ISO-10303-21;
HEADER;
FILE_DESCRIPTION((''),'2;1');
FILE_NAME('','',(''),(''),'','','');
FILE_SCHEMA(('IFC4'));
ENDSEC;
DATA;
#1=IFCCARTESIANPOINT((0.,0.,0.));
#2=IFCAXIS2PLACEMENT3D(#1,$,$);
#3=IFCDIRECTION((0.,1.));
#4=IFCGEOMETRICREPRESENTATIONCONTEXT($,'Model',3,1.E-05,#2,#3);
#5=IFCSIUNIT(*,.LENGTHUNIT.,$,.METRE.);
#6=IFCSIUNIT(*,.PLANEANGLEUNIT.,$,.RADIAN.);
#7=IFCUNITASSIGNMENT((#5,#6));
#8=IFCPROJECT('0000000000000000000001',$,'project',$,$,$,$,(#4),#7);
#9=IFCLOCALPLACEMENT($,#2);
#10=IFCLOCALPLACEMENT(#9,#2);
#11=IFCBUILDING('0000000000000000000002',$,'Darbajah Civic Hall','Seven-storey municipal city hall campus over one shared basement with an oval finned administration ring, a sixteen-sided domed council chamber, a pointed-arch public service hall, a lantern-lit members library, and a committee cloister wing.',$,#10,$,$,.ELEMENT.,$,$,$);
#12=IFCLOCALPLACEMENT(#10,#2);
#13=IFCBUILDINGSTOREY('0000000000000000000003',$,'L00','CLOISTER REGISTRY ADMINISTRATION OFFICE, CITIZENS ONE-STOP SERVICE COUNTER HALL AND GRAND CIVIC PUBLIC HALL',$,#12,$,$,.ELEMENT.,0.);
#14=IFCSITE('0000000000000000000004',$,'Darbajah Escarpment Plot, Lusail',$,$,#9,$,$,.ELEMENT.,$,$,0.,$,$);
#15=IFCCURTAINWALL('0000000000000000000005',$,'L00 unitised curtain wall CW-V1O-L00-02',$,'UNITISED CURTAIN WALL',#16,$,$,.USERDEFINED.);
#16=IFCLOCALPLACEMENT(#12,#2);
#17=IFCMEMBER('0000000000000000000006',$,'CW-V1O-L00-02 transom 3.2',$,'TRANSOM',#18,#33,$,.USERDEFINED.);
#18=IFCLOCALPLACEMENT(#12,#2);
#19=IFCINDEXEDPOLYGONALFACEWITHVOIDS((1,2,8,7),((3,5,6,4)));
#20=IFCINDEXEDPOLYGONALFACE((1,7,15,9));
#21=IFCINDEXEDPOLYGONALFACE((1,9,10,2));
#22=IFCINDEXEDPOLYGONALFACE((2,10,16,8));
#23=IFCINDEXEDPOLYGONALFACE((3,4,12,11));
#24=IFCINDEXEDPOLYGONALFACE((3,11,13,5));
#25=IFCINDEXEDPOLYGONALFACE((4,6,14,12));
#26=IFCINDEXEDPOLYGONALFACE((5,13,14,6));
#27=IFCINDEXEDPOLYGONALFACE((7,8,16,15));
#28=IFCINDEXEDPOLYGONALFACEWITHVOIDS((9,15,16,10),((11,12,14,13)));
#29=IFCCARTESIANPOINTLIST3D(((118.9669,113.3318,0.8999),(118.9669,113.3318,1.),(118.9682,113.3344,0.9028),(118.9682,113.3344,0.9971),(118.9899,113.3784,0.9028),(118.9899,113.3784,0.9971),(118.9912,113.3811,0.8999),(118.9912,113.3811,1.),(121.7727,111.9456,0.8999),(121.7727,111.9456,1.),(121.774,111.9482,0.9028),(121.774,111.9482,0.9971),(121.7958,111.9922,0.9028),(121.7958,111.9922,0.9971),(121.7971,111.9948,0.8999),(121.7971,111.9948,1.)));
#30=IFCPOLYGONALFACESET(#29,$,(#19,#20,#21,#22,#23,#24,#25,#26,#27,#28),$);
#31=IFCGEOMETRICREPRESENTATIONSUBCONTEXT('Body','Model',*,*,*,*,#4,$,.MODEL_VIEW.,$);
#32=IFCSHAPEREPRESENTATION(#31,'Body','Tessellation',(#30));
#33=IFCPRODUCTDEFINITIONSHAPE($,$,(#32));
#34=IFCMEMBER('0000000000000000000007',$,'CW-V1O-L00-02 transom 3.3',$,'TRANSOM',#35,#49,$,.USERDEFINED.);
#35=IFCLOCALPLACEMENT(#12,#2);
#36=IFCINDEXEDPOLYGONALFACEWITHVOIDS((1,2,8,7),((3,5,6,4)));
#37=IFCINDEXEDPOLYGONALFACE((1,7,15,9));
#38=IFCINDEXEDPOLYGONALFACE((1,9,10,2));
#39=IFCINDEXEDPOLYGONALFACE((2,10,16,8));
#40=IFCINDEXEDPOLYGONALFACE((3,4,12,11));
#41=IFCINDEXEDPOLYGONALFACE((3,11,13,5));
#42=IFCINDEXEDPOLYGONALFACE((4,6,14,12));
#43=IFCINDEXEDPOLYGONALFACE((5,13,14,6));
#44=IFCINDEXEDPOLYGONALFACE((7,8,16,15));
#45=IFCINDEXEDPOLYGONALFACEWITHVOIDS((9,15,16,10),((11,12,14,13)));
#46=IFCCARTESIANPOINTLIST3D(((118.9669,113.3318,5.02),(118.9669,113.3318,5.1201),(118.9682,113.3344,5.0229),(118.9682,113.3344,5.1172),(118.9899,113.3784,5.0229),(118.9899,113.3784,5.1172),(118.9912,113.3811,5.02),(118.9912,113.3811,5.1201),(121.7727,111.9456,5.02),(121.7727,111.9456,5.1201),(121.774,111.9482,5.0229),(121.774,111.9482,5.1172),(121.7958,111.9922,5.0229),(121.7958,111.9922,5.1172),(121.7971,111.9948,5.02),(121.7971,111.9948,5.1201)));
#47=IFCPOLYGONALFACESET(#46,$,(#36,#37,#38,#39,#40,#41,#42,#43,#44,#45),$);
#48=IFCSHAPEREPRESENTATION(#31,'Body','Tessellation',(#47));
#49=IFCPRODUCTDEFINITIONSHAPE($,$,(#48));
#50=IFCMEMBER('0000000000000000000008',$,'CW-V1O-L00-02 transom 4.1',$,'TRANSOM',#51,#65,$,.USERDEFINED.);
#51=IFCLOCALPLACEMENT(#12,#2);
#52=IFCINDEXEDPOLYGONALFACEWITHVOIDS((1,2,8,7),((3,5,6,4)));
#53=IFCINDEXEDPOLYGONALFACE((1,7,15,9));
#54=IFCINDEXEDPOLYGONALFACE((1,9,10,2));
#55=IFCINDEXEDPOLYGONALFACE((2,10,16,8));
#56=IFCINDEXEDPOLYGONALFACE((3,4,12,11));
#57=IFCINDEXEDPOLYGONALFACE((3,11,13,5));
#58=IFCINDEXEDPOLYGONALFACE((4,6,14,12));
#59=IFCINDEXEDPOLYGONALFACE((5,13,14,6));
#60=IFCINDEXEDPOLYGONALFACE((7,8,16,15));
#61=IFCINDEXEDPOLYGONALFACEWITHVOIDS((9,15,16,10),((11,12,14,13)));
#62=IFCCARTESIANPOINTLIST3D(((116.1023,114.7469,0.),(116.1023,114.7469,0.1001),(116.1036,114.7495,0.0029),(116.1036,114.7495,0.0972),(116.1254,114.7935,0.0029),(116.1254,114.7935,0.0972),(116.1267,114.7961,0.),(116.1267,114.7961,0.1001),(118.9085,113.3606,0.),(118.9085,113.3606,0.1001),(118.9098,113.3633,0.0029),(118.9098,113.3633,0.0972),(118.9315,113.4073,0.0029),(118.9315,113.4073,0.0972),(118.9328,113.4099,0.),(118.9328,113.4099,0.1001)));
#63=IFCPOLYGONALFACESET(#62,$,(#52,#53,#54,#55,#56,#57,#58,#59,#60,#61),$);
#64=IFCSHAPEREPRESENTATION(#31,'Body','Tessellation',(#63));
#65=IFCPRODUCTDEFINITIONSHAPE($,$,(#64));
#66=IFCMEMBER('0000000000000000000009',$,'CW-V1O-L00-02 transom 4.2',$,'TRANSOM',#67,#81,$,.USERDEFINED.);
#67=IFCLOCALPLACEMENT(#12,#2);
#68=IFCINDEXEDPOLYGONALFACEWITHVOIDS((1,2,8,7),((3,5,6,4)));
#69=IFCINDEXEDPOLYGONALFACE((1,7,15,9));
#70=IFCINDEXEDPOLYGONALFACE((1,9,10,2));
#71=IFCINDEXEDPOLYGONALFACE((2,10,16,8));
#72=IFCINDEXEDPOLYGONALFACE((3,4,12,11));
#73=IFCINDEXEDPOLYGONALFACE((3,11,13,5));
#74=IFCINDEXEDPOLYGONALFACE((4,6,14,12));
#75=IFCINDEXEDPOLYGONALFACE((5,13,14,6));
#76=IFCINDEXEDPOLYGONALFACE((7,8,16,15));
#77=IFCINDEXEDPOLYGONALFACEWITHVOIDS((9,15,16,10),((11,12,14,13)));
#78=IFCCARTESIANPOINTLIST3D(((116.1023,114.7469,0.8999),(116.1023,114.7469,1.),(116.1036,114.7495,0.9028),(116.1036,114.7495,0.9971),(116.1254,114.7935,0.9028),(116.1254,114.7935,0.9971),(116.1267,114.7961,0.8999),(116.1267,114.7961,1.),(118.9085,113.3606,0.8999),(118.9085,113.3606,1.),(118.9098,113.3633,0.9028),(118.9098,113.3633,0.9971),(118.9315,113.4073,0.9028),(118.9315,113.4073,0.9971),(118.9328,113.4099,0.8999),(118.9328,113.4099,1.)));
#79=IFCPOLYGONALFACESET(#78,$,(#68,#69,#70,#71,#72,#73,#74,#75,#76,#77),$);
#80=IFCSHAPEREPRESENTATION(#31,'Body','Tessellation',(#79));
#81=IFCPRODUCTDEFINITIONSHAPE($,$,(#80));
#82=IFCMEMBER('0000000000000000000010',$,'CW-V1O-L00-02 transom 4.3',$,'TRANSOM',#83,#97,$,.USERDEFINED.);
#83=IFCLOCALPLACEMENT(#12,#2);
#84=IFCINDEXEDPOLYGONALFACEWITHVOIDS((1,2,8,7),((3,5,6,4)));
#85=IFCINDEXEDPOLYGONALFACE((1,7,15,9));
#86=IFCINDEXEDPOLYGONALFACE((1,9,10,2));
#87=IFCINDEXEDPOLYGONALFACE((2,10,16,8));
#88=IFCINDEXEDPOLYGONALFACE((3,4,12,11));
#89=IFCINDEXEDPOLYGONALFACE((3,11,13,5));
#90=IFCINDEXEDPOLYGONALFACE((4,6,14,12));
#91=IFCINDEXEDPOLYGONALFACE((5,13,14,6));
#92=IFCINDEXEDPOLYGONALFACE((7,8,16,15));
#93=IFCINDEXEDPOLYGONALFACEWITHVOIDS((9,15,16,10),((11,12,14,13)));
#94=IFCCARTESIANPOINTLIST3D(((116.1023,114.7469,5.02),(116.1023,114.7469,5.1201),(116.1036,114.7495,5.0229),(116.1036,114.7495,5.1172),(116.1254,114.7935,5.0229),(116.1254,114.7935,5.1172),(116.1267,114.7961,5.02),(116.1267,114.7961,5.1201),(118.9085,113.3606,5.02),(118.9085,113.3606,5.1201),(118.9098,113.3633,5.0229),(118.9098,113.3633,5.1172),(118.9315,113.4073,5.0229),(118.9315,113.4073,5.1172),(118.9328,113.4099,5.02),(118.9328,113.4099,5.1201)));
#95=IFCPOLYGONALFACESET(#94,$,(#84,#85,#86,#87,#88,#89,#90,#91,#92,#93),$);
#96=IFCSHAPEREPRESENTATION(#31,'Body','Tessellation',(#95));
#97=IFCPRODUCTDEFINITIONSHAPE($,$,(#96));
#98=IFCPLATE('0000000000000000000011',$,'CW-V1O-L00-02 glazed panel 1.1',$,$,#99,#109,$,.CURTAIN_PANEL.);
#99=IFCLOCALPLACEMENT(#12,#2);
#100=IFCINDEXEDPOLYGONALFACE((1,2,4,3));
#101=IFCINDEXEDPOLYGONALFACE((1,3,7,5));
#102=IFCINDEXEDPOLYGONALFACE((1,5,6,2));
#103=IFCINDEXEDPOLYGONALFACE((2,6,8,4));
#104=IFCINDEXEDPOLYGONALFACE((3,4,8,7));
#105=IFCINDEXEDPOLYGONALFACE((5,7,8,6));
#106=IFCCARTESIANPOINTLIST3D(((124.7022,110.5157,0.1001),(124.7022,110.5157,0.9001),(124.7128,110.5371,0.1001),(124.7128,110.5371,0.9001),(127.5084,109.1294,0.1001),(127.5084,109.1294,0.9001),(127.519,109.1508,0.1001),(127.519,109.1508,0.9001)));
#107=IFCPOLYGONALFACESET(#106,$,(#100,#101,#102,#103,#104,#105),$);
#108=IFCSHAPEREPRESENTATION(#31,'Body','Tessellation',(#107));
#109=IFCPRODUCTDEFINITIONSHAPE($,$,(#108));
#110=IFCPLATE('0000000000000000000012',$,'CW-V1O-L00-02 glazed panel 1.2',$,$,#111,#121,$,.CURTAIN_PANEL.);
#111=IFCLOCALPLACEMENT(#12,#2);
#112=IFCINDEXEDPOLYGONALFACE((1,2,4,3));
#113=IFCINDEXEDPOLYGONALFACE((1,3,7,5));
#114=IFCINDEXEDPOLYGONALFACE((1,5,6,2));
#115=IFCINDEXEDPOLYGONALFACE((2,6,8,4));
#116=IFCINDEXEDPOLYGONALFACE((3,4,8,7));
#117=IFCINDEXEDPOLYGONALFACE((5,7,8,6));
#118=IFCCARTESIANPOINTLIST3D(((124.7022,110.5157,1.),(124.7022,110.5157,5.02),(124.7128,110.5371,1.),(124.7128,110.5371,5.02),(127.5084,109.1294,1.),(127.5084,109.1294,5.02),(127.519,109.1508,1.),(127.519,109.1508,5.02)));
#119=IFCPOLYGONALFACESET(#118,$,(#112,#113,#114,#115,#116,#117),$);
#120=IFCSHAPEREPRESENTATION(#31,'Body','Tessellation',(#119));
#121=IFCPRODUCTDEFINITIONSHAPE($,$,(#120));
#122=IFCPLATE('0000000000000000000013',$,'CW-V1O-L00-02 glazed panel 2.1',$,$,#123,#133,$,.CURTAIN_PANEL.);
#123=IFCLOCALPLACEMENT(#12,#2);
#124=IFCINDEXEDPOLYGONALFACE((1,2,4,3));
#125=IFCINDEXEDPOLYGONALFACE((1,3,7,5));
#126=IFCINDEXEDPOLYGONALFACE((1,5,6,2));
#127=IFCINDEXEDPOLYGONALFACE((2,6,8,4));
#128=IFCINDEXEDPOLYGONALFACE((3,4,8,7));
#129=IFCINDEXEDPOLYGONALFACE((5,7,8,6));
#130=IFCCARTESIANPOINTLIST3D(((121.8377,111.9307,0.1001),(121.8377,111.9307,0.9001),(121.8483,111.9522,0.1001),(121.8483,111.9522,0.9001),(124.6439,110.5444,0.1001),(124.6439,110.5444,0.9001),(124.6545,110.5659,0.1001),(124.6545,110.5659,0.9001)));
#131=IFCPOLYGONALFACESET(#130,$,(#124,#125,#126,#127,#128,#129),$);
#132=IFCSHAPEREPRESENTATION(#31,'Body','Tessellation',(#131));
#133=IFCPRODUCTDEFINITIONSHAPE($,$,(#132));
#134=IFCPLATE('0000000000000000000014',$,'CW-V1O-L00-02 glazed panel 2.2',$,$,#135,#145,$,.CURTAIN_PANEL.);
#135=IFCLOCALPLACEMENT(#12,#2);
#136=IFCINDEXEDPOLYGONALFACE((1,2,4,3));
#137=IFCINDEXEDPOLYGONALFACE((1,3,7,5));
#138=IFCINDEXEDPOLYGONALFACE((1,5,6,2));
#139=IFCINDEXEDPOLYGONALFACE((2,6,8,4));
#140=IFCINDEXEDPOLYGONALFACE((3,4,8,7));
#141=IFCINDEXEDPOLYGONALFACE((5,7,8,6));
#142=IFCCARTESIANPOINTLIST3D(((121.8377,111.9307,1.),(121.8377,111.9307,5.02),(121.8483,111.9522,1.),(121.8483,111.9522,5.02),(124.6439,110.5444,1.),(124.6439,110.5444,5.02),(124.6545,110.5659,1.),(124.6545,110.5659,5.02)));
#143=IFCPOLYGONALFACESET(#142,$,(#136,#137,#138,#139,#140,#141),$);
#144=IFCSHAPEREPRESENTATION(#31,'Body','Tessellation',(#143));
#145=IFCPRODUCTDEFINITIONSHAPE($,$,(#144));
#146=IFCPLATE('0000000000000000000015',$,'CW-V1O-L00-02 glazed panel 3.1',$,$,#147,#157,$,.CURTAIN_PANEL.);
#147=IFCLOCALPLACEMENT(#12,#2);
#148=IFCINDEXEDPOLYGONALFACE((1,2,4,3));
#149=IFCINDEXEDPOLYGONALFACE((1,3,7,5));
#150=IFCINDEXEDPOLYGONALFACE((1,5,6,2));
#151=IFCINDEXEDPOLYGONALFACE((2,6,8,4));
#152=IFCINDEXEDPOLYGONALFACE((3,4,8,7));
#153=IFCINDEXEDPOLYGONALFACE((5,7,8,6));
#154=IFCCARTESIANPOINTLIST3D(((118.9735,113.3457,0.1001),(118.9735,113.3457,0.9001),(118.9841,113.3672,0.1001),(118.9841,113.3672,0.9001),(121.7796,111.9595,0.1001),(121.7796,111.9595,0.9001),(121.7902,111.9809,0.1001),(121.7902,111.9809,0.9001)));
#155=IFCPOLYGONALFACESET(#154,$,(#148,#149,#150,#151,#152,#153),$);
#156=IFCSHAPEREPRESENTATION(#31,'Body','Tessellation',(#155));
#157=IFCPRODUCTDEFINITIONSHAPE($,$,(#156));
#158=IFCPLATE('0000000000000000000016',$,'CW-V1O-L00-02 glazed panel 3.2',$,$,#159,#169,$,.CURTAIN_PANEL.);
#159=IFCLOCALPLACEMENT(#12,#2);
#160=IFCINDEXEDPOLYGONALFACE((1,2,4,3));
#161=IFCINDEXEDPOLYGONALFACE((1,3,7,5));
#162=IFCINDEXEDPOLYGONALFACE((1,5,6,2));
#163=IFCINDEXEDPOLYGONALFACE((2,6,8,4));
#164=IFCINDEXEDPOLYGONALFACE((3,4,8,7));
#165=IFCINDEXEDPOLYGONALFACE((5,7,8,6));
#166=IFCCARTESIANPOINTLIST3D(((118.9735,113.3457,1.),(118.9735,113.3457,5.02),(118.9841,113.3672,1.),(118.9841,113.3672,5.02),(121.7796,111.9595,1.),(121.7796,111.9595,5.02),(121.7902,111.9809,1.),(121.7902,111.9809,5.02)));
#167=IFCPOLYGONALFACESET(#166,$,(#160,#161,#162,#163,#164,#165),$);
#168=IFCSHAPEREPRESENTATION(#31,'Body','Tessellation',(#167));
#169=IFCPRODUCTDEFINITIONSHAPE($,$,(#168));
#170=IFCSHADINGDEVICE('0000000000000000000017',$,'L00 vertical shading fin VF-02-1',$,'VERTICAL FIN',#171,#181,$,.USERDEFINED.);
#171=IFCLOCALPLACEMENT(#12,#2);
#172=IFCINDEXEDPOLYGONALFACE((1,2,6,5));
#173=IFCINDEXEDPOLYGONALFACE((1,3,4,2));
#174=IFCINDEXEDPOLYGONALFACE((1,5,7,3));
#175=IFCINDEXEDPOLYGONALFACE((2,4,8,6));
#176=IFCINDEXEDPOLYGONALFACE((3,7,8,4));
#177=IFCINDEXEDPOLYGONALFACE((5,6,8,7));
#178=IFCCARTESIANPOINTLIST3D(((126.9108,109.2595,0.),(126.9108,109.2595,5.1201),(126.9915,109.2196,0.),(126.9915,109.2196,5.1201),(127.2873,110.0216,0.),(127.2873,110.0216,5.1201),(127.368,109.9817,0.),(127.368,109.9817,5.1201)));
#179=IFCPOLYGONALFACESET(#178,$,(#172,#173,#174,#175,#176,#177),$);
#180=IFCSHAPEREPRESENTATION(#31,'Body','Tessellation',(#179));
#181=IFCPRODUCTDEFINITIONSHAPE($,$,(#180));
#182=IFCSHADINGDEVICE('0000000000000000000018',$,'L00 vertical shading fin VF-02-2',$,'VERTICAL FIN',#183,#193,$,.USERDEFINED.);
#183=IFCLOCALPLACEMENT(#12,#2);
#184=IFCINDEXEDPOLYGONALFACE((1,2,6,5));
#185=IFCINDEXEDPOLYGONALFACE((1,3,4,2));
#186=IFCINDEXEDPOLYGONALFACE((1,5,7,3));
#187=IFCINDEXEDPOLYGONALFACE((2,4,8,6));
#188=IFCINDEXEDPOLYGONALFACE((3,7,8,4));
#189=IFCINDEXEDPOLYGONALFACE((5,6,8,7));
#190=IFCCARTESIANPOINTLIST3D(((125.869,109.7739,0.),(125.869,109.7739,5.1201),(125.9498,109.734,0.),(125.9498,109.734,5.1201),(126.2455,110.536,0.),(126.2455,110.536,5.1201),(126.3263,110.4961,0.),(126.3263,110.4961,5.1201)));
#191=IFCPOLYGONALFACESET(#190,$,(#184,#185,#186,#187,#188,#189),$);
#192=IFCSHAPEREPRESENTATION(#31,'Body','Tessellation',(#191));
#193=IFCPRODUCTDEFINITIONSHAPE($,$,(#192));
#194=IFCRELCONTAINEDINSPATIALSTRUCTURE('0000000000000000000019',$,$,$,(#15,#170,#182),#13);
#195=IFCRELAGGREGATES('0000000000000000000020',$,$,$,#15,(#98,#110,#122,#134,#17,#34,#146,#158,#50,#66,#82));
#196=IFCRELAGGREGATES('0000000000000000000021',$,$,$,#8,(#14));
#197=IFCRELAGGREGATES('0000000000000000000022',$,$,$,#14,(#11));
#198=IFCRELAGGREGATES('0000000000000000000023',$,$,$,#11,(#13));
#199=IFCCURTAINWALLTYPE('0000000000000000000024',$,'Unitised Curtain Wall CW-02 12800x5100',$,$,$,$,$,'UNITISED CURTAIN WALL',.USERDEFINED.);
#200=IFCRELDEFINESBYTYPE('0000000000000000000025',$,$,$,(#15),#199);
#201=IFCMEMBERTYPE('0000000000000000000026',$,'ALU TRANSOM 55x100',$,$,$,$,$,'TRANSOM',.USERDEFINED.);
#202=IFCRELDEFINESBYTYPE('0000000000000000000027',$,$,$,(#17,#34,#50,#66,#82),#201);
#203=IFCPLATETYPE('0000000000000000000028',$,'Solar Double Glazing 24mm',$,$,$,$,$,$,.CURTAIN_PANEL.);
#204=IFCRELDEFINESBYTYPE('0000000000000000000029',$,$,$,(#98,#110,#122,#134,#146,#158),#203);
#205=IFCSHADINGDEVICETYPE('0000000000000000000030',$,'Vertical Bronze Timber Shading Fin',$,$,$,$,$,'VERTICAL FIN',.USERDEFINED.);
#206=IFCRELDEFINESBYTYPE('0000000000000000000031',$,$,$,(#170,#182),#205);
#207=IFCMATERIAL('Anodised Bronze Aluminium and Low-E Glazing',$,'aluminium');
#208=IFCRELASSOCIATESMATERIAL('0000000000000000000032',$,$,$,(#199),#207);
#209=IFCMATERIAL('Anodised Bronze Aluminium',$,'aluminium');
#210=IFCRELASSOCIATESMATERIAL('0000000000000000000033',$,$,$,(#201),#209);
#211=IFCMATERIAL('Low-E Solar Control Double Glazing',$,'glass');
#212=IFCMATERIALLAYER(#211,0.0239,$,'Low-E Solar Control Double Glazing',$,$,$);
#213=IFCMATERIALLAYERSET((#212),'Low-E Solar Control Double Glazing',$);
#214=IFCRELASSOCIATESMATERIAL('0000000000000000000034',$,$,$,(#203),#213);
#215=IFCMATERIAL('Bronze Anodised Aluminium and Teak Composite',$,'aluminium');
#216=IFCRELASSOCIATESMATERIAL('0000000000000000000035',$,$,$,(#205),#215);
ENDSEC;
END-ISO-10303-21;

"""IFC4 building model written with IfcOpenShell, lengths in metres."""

from ifc_helpers import new_model, si_unit, direction, frame, origin, origin_2d, place, context, subcontext, project, spatial, rectangle, hollow_rectangle, extrude, material, layer, layer_set, material_profile, profile_set, type_object, element, aggregate, save


model = new_model("IFC4")

# Units and contexts
model_context = context("Model", 3, precision=1e-05, world=origin(), true_north=direction((0.0, 1.0)))
body_context = subcontext(model_context, "Body", "Model", "MODEL_VIEW")
ifc_project = project(units=[si_unit("LENGTHUNIT", "METRE"), si_unit("PLANEANGLEUNIT", "RADIAN")], contexts=[model_context])

# Site, building, storey
site_placement = place(None, origin())
site = spatial("IfcSite", under=ifc_project, at=site_placement, Name="Darbajah Escarpment Plot, Lusail", CompositionType="ELEMENT", RefElevation=0.0)
building_placement = place(site_placement, origin())
building = spatial("IfcBuilding", under=site, at=building_placement, Name="Darbajah Civic Hall", Description="Seven-storey municipal city hall campus over one shared basement with an oval finned administration ring, a sixteen-sided domed council chamber, a pointed-arch public service hall, a lantern-lit members library, and a committee cloister wing.", CompositionType="ELEMENT")
storey_placement = place(building_placement, origin())
storey = spatial("IfcBuildingStorey", under=building, at=storey_placement, Name="L00", Description="CLOISTER REGISTRY ADMINISTRATION OFFICE, CITIZENS ONE-STOP SERVICE COUNTER HALL AND GRAND CIVIC PUBLIC HALL", CompositionType="ELEMENT", Elevation=0.0)

# Curtain wall, members, plates
ifc_material_1 = material(Name="Anodised Bronze Aluminium and Low-E Glazing", Category="aluminium")
curtain_wall_type = type_object("IfcCurtainWallType", Name="Unitised Curtain Wall CW-02 12800x5100", ElementType="UNITISED CURTAIN WALL", PredefinedType="USERDEFINED", material=ifc_material_1)
curtain_wall_placement = place(storey_placement, origin())
curtain_wall = element("IfcCurtainWall", 1, at=curtain_wall_placement, inside=storey, type_object=curtain_wall_type, Name="L00 unitised curtain wall CW-V1O-L00-02", ObjectType="UNITISED CURTAIN WALL", PredefinedType="USERDEFINED")
ifc_material_2 = material(Name="Anodised Bronze Aluminium", Category="aluminium")
ifc_material_profile_1 = material_profile(ifc_material_2, hollow_rectangle(XDim=0.0549, YDim=0.1001, WallThickness=0.0029, at=origin_2d()), Name="ALU TRANSOM 55x100")
ifc_profile_set_1 = profile_set([ifc_material_profile_1], Name="Anodised Bronze Aluminium")
member_type_1 = type_object("IfcMemberType", Name="ALU TRANSOM 55x100", ElementType="TRANSOM", PredefinedType="USERDEFINED", material=ifc_profile_set_1)
member_1_placement = place(storey_placement, frame((121.7849, 111.9702, 0.95), z_axis=(-0.896554, 0.442934, 0.0), x_axis=(-0.442934, -0.896554, 0.0)))
member_1 = element("IfcMember", 2, at=member_1_placement, type_object=member_type_1, Name="CW-V1O-L00-02 transom 3.2", ObjectType="TRANSOM", PredefinedType="USERDEFINED", context=body_context, shape_type="SweptSolid", body=[
    extrude(hollow_rectangle(XDim=0.0549, YDim=0.1001, WallThickness=0.0029, at=origin_2d()), origin(), (0.0, 0.0, 1.0), 3.1296),
])
member_2_placement = place(storey_placement, frame((121.7849, 111.9702, 5.0701), z_axis=(-0.896554, 0.442934, 0.0), x_axis=(-0.442934, -0.896554, 0.0)))
member_2 = element("IfcMember", 3, at=member_2_placement, type_object=member_type_1, Name="CW-V1O-L00-02 transom 3.3", ObjectType="TRANSOM", PredefinedType="USERDEFINED", context=body_context, shape_type="SweptSolid", body=[
    extrude(hollow_rectangle(XDim=0.0549, YDim=0.1001, WallThickness=0.0029, at=origin_2d()), origin(), (0.0, 0.0, 1.0), 3.1296),
])
member_3_placement = place(storey_placement, frame((118.9207, 113.3853, 0.05), z_axis=(-0.89657, 0.442903, 0.0), x_axis=(-0.442903, -0.89657, 0.0)))
member_3 = element("IfcMember", 4, at=member_3_placement, type_object=member_type_1, Name="CW-V1O-L00-02 transom 4.1", ObjectType="TRANSOM", PredefinedType="USERDEFINED", context=body_context, shape_type="SweptSolid", body=[
    extrude(hollow_rectangle(XDim=0.0549, YDim=0.1001, WallThickness=0.0029, at=origin_2d()), origin(), (0.0, 0.0, 1.0), 3.1299),
])
member_4_placement = place(storey_placement, frame((118.9207, 113.3853, 0.95), z_axis=(-0.89657, 0.442903, 0.0), x_axis=(-0.442903, -0.89657, 0.0)))
member_4 = element("IfcMember", 5, at=member_4_placement, type_object=member_type_1, Name="CW-V1O-L00-02 transom 4.2", ObjectType="TRANSOM", PredefinedType="USERDEFINED", context=body_context, shape_type="SweptSolid", body=[
    extrude(hollow_rectangle(XDim=0.0549, YDim=0.1001, WallThickness=0.0029, at=origin_2d()), origin(), (0.0, 0.0, 1.0), 3.1299),
])
member_5_placement = place(storey_placement, frame((118.9207, 113.3853, 5.0701), z_axis=(-0.89657, 0.442903, 0.0), x_axis=(-0.442903, -0.89657, 0.0)))
member_5 = element("IfcMember", 6, at=member_5_placement, type_object=member_type_1, Name="CW-V1O-L00-02 transom 4.3", ObjectType="TRANSOM", PredefinedType="USERDEFINED", context=body_context, shape_type="SweptSolid", body=[
    extrude(hollow_rectangle(XDim=0.0549, YDim=0.1001, WallThickness=0.0029, at=origin_2d()), origin(), (0.0, 0.0, 1.0), 3.1299),
])
ifc_material_3 = material(Name="Low-E Solar Control Double Glazing", Category="glass")
ifc_layer = layer(ifc_material_3, 0.0239, Name="Low-E Solar Control Double Glazing")
ifc_layer_set = layer_set([ifc_layer], Name="Low-E Solar Control Double Glazing")
plate_type = type_object("IfcPlateType", Name="Solar Double Glazing 24mm", PredefinedType="CURTAIN_PANEL", material=ifc_layer_set)
plate_1_placement = place(storey_placement, frame((126.1106, 109.8333, 0.1001), z_axis=(0.0, 0.0, 1.0), x_axis=(-0.896564, 0.442915, 0.0)))
plate_1 = element("IfcPlate", 7, at=plate_1_placement, type_object=plate_type, Name="CW-V1O-L00-02 glazed panel 1.1", PredefinedType="CURTAIN_PANEL", context=body_context, shape_type="SweptSolid", body=[
    extrude(rectangle(XDim=3.1299, YDim=0.0239, at=origin_2d()), origin(), (0.0, 0.0, 1.0), 0.8),
])
plate_2_placement = place(storey_placement, frame((126.1106, 109.8333, 1.0), z_axis=(0.0, 0.0, 1.0), x_axis=(-0.896564, 0.442915, 0.0)))
plate_2 = element("IfcPlate", 8, at=plate_2_placement, type_object=plate_type, Name="CW-V1O-L00-02 glazed panel 1.2", PredefinedType="CURTAIN_PANEL", context=body_context, shape_type="SweptSolid", body=[
    extrude(rectangle(XDim=3.1299, YDim=0.0239, at=origin_2d()), origin(), (0.0, 0.0, 1.0), 4.02),
])
plate_3_placement = place(storey_placement, frame((123.2461, 111.2483, 0.1001), z_axis=(0.0, 0.0, 1.0), x_axis=(-0.896564, 0.442915, 0.0)))
plate_3 = element("IfcPlate", 9, at=plate_3_placement, type_object=plate_type, Name="CW-V1O-L00-02 glazed panel 2.1", PredefinedType="CURTAIN_PANEL", context=body_context, shape_type="SweptSolid", body=[
    extrude(rectangle(XDim=3.1299, YDim=0.0239, at=origin_2d()), origin(), (0.0, 0.0, 1.0), 0.8),
])
plate_4_placement = place(storey_placement, frame((123.2461, 111.2483, 1.0), z_axis=(0.0, 0.0, 1.0), x_axis=(-0.896564, 0.442915, 0.0)))
plate_4 = element("IfcPlate", 10, at=plate_4_placement, type_object=plate_type, Name="CW-V1O-L00-02 glazed panel 2.2", PredefinedType="CURTAIN_PANEL", context=body_context, shape_type="SweptSolid", body=[
    extrude(rectangle(XDim=3.1299, YDim=0.0239, at=origin_2d()), origin(), (0.0, 0.0, 1.0), 4.02),
])
plate_5_placement = place(storey_placement, frame((120.3818, 112.6633, 0.1001), z_axis=(0.0, 0.0, 1.0), x_axis=(-0.896564, 0.442915, 0.0)))
plate_5 = element("IfcPlate", 11, at=plate_5_placement, type_object=plate_type, Name="CW-V1O-L00-02 glazed panel 3.1", PredefinedType="CURTAIN_PANEL", context=body_context, shape_type="SweptSolid", body=[
    extrude(rectangle(XDim=3.1299, YDim=0.0239, at=origin_2d()), origin(), (0.0, 0.0, 1.0), 0.8),
])
plate_6_placement = place(storey_placement, frame((120.3818, 112.6633, 1.0), z_axis=(0.0, 0.0, 1.0), x_axis=(-0.896564, 0.442915, 0.0)))
plate_6 = element("IfcPlate", 12, at=plate_6_placement, type_object=plate_type, Name="CW-V1O-L00-02 glazed panel 3.2", PredefinedType="CURTAIN_PANEL", context=body_context, shape_type="SweptSolid", body=[
    extrude(rectangle(XDim=3.1299, YDim=0.0239, at=origin_2d()), origin(), (0.0, 0.0, 1.0), 4.02),
])
aggregate(curtain_wall, [plate_1, plate_2, plate_3, plate_4, member_1, member_2, plate_5, plate_6, member_3, member_4, member_5])

# Shading devices
ifc_material_4 = material(Name="Bronze Anodised Aluminium and Teak Composite", Category="aluminium")
shading_device_type = type_object("IfcShadingDeviceType", Name="Vertical Bronze Timber Shading Fin", ElementType="VERTICAL FIN", PredefinedType="USERDEFINED", material=ifc_material_4)
for number, where, z_axis, x_axis, name in (
    (13, (127.1394, 109.6206, 0.0), (0.0, 0.0, 1.0), (0.442915, 0.896564, 0.0), "L00 vertical shading fin VF-02-1"),
    (14, (126.0977, 110.135, 0.0), (0.0, 0.0, 1.0), (0.442915, 0.896564, 0.0), "L00 vertical shading fin VF-02-2"),
):
    element("IfcShadingDevice", number, at=place(storey_placement, frame(where, z_axis=z_axis, x_axis=x_axis)), inside=storey, type_object=shading_device_type, Name=name, ObjectType="VERTICAL FIN", PredefinedType="USERDEFINED", context=body_context, shape_type="SweptSolid", body=[
        extrude(rectangle(XDim=0.8501, YDim=0.0901, at=origin_2d()), origin(), (0.0, 0.0, 1.0), 5.1201),
    ])

save(model, "model.ifc")
